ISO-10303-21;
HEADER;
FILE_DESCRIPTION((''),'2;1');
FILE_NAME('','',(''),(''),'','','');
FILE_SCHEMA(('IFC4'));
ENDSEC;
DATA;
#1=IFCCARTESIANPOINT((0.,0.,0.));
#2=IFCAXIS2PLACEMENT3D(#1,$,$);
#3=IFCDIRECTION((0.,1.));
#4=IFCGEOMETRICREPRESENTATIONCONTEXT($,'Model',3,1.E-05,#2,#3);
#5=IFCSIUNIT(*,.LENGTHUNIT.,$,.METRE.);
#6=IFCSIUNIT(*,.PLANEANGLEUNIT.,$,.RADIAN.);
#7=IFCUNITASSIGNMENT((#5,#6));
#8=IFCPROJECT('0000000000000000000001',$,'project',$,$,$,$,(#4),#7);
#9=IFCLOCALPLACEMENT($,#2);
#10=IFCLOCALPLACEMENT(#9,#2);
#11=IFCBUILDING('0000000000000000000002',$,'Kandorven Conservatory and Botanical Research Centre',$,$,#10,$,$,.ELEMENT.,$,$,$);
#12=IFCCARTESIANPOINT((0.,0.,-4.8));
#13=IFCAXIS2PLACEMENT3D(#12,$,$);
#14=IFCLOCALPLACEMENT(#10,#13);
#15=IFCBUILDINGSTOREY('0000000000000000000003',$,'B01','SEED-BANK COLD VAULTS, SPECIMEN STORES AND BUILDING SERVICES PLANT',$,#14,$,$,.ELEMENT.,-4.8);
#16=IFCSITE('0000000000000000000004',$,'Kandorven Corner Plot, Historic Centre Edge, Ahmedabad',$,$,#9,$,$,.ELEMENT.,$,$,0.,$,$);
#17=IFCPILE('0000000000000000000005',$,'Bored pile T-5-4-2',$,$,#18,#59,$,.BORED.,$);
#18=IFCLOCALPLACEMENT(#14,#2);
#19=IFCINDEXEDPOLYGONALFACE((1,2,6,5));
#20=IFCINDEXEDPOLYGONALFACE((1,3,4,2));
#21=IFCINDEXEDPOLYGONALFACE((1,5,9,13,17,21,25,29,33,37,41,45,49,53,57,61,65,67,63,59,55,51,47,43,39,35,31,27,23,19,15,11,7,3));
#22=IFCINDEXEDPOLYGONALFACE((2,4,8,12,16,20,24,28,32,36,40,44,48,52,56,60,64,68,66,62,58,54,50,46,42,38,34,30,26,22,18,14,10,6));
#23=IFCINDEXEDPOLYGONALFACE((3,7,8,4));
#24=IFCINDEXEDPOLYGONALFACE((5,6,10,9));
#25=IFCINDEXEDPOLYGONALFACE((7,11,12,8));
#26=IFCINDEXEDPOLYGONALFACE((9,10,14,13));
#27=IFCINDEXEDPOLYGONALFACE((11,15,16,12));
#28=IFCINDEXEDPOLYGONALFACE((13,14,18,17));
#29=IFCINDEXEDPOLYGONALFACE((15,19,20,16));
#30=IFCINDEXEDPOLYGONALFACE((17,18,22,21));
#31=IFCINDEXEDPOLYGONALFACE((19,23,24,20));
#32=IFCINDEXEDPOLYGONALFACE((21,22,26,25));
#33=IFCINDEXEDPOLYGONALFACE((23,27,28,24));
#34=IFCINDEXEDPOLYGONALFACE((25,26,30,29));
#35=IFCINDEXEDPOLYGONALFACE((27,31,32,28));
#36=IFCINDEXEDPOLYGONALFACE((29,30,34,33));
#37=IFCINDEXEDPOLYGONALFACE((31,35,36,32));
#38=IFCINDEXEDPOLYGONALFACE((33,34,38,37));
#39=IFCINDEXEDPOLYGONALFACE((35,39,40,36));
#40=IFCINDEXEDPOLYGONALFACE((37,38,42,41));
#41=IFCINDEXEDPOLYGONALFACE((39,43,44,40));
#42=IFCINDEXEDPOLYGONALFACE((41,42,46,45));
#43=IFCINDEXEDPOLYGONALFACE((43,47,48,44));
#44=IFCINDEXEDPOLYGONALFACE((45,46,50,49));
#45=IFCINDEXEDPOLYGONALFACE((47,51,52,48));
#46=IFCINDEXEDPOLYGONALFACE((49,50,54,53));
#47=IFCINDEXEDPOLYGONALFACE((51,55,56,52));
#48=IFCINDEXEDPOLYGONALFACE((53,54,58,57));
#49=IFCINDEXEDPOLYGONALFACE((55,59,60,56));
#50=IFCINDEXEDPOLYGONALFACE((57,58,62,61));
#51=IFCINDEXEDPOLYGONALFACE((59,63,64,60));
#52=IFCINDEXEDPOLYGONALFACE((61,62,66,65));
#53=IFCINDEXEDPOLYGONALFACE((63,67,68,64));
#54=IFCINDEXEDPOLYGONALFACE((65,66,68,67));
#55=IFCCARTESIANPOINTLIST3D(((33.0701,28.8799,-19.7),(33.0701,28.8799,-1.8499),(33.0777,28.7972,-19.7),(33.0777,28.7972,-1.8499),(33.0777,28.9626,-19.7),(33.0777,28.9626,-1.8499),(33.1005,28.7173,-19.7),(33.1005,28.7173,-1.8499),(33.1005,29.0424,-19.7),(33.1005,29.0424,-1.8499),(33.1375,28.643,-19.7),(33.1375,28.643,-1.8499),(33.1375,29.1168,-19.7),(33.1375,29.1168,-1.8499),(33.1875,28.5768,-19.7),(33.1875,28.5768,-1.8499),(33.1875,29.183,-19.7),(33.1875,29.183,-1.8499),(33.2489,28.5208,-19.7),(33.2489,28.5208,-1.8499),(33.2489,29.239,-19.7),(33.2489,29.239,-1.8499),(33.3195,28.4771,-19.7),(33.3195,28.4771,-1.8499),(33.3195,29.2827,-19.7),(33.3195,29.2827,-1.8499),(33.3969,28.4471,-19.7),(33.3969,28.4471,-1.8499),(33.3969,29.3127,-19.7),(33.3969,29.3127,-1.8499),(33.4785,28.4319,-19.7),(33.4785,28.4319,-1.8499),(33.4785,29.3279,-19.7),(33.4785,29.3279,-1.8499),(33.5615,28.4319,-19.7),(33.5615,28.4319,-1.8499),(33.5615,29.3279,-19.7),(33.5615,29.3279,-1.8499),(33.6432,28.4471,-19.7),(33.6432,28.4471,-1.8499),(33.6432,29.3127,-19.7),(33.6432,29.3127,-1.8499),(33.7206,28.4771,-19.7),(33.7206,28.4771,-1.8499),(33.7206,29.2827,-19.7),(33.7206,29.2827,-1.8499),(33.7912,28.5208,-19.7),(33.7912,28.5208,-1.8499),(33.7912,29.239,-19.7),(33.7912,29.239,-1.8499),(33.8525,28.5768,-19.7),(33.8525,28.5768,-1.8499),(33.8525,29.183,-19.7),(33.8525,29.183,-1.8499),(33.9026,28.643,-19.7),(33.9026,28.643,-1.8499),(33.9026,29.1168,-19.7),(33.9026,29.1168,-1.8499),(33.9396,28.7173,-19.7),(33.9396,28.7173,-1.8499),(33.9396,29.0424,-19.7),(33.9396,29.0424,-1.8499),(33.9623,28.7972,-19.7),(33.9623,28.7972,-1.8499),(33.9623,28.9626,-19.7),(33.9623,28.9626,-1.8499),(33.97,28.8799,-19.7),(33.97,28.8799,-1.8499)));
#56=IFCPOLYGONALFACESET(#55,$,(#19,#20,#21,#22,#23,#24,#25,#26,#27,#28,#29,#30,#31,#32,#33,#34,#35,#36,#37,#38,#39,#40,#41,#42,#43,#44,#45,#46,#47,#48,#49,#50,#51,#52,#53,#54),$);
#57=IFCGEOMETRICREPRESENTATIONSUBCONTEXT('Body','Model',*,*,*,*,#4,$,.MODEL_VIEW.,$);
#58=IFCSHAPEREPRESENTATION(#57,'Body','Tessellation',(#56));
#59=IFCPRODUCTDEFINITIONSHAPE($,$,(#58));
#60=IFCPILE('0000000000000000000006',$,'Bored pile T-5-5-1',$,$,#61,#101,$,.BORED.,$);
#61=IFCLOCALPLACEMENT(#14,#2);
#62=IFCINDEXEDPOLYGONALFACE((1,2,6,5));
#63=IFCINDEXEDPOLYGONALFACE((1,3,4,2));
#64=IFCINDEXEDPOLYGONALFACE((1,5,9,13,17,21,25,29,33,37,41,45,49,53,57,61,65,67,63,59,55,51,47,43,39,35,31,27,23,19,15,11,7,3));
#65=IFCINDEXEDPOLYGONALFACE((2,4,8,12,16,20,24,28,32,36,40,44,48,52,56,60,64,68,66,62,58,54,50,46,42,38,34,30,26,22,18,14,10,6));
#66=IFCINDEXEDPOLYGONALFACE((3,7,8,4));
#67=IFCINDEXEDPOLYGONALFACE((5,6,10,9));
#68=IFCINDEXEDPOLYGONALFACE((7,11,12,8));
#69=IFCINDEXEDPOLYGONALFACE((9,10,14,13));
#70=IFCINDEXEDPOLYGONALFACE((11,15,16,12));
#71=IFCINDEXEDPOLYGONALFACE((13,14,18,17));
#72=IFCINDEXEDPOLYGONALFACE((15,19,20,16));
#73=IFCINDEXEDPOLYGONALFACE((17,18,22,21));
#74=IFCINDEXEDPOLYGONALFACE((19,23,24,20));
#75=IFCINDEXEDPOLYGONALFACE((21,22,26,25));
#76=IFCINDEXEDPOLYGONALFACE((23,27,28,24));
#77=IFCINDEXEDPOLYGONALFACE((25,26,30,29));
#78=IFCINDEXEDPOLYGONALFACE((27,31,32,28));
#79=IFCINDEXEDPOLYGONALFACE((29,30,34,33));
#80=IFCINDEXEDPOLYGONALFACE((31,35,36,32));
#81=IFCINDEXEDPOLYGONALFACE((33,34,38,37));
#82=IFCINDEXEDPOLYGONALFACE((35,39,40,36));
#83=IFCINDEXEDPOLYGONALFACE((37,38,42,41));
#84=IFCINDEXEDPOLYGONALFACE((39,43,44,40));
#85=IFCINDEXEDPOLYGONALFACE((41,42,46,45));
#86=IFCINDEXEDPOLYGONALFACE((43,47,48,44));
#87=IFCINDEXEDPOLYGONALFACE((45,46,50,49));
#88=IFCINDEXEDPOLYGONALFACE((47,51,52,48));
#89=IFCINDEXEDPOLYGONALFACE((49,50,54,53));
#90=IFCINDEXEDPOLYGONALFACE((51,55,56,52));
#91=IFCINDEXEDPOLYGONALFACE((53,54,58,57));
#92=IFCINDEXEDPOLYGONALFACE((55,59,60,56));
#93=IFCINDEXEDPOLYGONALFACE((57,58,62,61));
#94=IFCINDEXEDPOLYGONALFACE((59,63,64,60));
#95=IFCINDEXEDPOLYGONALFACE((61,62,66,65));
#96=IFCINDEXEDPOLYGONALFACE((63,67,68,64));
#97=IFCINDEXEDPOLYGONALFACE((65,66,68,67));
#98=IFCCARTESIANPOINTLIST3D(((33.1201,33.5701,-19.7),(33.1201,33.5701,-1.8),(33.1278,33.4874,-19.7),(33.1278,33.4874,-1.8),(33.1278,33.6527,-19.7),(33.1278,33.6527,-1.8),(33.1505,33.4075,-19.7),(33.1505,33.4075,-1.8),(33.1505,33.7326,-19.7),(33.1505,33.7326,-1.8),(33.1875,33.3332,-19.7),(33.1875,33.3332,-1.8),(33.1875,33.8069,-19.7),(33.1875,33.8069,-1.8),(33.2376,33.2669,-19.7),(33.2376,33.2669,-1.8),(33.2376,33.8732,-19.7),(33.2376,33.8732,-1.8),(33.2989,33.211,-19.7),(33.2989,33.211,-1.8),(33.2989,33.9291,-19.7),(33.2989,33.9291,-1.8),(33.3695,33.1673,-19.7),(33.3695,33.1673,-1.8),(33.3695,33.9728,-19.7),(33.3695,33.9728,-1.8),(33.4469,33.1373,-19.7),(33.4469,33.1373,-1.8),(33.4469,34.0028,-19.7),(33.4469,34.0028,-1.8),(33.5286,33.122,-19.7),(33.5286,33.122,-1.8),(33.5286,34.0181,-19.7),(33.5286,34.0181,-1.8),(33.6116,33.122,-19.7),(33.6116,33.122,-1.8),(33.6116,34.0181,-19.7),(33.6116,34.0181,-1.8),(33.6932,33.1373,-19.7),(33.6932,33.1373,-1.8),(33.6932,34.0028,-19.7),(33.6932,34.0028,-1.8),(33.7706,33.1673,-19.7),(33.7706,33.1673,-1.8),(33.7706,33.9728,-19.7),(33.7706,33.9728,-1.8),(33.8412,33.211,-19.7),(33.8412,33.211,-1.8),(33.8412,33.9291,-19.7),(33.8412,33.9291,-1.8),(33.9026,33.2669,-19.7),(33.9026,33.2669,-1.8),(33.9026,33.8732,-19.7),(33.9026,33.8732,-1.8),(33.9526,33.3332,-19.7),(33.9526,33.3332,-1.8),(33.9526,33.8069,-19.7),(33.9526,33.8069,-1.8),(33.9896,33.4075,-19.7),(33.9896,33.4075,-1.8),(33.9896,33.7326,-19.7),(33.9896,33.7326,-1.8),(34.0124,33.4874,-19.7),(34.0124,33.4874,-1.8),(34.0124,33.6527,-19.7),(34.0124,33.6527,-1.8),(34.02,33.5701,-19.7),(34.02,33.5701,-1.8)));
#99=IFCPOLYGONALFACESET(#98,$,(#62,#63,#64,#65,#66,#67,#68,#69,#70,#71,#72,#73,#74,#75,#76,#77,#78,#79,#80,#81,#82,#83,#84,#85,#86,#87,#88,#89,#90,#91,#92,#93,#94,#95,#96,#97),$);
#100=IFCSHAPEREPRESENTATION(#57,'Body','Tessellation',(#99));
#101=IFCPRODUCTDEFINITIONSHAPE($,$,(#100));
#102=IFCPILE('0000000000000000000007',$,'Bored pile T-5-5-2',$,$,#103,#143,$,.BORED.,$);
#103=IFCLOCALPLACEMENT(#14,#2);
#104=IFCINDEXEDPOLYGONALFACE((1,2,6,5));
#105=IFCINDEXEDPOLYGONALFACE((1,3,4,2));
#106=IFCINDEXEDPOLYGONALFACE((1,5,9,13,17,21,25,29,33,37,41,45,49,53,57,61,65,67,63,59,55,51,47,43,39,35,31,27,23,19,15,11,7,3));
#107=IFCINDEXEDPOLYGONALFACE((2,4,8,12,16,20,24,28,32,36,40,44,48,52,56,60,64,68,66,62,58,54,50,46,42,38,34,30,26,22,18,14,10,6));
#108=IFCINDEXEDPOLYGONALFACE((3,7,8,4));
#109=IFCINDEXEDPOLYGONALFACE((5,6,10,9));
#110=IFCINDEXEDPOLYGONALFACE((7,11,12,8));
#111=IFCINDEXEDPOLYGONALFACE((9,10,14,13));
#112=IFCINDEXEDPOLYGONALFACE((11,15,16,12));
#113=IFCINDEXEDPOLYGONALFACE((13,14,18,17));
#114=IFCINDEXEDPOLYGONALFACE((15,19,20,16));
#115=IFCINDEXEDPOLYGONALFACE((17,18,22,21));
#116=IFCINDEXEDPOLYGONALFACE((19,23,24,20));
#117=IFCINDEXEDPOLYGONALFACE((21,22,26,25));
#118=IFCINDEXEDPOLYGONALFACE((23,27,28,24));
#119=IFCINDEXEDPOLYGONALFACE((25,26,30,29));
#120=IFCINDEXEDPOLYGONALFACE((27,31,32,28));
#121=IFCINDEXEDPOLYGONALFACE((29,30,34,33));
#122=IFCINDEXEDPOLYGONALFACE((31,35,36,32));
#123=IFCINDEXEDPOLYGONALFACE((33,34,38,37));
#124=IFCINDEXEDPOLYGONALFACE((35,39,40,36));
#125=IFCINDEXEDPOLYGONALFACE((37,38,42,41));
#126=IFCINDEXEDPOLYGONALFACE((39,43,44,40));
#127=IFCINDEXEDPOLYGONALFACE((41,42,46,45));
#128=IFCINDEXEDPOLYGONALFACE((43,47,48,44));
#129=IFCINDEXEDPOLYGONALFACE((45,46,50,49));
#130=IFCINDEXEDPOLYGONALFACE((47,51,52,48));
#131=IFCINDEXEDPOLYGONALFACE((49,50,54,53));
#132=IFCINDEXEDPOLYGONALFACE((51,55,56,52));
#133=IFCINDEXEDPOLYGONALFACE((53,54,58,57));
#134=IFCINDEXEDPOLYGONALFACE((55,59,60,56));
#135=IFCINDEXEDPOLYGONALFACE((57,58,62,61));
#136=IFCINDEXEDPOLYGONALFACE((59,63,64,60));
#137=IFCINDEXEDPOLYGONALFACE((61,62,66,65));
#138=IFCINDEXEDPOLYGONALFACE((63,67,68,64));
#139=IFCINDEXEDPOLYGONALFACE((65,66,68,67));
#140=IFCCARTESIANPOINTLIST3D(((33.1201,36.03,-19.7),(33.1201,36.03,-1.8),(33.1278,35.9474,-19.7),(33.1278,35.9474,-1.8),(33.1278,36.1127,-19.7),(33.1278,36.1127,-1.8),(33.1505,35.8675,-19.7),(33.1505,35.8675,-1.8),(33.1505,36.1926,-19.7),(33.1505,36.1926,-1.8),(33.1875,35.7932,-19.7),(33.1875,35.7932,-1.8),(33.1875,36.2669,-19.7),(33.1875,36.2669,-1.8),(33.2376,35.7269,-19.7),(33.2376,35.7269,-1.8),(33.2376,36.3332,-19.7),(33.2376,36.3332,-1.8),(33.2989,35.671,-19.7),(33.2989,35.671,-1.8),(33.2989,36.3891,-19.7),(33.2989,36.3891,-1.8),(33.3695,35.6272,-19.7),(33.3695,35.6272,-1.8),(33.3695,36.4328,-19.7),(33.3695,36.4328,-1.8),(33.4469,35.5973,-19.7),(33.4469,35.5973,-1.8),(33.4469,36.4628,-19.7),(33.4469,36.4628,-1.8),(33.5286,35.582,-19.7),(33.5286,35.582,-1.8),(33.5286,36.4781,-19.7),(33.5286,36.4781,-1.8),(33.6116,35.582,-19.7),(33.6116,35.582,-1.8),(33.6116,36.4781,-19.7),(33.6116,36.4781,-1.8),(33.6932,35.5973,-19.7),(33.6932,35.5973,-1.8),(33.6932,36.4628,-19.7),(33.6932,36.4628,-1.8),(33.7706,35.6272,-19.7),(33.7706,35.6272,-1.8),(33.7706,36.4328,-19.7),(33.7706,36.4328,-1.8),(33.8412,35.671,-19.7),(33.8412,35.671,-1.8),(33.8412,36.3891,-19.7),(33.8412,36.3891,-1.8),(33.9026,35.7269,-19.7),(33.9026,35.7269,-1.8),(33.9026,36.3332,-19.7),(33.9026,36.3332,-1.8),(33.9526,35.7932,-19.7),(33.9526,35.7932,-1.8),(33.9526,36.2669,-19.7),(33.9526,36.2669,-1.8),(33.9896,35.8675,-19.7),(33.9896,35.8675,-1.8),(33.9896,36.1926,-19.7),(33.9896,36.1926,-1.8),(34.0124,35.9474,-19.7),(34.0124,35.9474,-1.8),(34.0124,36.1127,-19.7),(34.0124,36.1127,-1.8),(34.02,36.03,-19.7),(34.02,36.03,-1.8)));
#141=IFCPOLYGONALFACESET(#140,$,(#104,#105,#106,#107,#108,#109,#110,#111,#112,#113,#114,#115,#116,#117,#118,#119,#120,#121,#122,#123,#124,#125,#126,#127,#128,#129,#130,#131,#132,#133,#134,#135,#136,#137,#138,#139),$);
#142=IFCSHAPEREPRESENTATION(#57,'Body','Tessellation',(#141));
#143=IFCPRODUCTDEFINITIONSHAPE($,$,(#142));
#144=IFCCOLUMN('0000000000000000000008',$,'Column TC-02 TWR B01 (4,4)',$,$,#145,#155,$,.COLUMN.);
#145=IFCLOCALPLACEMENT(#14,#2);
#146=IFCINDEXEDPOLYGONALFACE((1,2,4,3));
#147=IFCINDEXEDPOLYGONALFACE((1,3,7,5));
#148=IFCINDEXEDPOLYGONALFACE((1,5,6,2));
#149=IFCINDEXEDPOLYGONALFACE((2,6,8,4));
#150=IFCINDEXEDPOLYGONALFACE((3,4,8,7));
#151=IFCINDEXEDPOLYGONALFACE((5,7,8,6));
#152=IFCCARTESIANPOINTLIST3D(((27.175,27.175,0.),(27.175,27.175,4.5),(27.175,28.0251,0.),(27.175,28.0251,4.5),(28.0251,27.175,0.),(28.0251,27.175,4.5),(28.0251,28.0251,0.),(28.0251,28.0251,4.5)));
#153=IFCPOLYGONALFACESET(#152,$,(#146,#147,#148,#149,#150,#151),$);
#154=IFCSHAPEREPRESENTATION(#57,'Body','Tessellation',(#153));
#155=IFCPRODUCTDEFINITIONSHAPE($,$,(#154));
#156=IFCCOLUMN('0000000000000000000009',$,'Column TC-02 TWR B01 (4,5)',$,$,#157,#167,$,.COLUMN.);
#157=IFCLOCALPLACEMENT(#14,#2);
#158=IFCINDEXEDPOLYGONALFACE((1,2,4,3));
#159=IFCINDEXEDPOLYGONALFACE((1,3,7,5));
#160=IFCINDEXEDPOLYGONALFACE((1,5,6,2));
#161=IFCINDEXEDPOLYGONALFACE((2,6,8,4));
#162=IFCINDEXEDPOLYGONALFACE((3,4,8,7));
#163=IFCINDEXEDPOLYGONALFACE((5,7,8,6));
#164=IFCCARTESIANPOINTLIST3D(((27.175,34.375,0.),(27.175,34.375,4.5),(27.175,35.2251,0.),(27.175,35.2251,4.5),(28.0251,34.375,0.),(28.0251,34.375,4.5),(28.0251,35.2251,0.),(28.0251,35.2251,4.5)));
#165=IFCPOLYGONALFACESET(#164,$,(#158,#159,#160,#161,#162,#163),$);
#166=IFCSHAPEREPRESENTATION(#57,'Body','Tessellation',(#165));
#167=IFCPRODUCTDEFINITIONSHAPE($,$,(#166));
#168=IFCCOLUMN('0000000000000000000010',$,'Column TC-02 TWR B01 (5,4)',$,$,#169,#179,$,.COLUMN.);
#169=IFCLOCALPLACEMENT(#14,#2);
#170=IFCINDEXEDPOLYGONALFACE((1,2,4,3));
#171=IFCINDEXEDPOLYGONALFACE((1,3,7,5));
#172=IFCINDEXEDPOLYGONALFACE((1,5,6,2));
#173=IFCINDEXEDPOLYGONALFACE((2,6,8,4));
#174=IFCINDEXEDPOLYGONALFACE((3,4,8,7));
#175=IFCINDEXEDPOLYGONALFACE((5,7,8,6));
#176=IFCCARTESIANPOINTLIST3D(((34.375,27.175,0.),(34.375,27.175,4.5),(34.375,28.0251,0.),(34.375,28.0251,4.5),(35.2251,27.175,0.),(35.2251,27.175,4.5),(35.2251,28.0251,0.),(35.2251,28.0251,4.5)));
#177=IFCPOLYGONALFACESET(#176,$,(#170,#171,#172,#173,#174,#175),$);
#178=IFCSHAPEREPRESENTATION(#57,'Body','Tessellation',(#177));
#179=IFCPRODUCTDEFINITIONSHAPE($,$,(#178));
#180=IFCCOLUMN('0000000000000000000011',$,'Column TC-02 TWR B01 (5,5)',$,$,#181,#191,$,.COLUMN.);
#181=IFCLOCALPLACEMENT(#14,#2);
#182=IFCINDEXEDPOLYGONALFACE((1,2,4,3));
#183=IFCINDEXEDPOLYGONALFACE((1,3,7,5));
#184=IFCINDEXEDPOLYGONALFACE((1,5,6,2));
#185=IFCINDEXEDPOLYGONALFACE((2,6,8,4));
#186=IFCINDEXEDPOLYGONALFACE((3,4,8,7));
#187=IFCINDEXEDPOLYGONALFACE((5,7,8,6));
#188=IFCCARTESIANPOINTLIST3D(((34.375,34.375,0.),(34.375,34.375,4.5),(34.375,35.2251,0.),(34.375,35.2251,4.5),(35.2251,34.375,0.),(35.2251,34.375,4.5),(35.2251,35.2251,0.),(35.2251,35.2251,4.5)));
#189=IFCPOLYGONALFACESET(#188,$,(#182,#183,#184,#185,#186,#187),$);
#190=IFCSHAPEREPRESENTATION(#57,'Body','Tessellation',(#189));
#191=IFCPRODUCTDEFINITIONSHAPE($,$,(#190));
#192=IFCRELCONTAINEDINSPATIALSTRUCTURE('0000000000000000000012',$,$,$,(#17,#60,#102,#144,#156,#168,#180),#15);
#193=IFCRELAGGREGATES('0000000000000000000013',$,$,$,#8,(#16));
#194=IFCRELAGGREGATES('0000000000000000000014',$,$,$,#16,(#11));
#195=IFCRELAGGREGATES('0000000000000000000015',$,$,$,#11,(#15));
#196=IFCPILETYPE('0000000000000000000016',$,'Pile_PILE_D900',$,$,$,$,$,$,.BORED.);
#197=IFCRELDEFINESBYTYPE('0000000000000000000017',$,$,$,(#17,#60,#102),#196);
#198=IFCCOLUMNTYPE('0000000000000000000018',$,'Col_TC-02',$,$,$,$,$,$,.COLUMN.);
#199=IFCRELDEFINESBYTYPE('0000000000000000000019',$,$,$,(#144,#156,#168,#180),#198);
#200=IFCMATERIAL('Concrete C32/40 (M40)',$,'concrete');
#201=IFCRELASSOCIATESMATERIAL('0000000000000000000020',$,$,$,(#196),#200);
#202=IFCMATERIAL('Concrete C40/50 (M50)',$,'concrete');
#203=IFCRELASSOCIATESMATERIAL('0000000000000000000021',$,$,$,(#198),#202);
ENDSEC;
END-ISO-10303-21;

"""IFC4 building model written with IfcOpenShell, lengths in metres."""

from ifc_helpers import new_model, si_unit, direction, frame, origin, origin_2d, place, context, subcontext, project, spatial, rectangle, circle, extrude, material, material_profile, profile_set, type_object, element, save


model = new_model("IFC4")

# Units and contexts
model_context = context("Model", 3, precision=1e-05, world=origin(), true_north=direction((0.0, 1.0)))
body_context = subcontext(model_context, "Body", "Model", "MODEL_VIEW")
ifc_project = project(units=[si_unit("LENGTHUNIT", "METRE"), si_unit("PLANEANGLEUNIT", "RADIAN")], contexts=[model_context])

# Site, building, storey
site_placement = place(None, origin())
site = spatial("IfcSite", under=ifc_project, at=site_placement, Name="Kandorven Corner Plot, Historic Centre Edge, Ahmedabad", CompositionType="ELEMENT", RefElevation=0.0)
building_placement = place(site_placement, origin())
building = spatial("IfcBuilding", under=site, at=building_placement, Name="Kandorven Conservatory and Botanical Research Centre", CompositionType="ELEMENT")
storey_placement = place(building_placement, frame((0.0, 0.0, -4.8)))
storey = spatial("IfcBuildingStorey", under=building, at=storey_placement, Name="B01", Description="SEED-BANK COLD VAULTS, SPECIMEN STORES AND BUILDING SERVICES PLANT", CompositionType="ELEMENT", Elevation=-4.8)

# Piles
ifc_material_1 = material(Name="Concrete C32/40 (M40)", Category="concrete")
ifc_material_profile_1 = material_profile(ifc_material_1, circle(Radius=0.45, at=origin_2d()))
ifc_profile_set_1 = profile_set([ifc_material_profile_1], Name="Concrete C32/40 (M40)")
pile_type = type_object("IfcPileType", Name="Pile_PILE_D900", PredefinedType="BORED", material=ifc_profile_set_1)
for number, where, z_axis, x_axis, name in (
    (1, (33.52, 28.8799, -1.8499), (0.0, 0.0, -1.0), (1.0, 0.0, 0.0), "Bored pile T-5-4-2"),
):
    element("IfcPile", number, at=place(storey_placement, frame(where, z_axis=z_axis, x_axis=x_axis)), inside=storey, type_object=pile_type, Name=name, PredefinedType="BORED", context=body_context, shape_type="SweptSolid", body=[
        extrude(circle(Radius=0.45, at=origin_2d()), origin(), (0.0, 0.0, 1.0), 17.8501),
    ])
for number, where, z_axis, x_axis, name in (
    (2, (33.5701, 33.5701, -1.8), (0.0, 0.0, -1.0), (1.0, 0.0, 0.0), "Bored pile T-5-5-1"),
    (3, (33.5701, 36.03, -1.8), (0.0, 0.0, -1.0), (1.0, 0.0, 0.0), "Bored pile T-5-5-2"),
):
    element("IfcPile", number, at=place(storey_placement, frame(where, z_axis=z_axis, x_axis=x_axis)), inside=storey, type_object=pile_type, Name=name, PredefinedType="BORED", context=body_context, shape_type="SweptSolid", body=[
        extrude(circle(Radius=0.45, at=origin_2d()), origin(), (0.0, 0.0, 1.0), 17.8999),
    ])

# Columns
ifc_material_2 = material(Name="Concrete C40/50 (M50)", Category="concrete")
ifc_material_profile_2 = material_profile(ifc_material_2, rectangle(XDim=0.8501, YDim=0.8501, at=origin_2d()))
ifc_profile_set_2 = profile_set([ifc_material_profile_2], Name="Concrete C40/50 (M50)")
column_type = type_object("IfcColumnType", Name="Col_TC-02", PredefinedType="COLUMN", material=ifc_profile_set_2)
for number, where, z_axis, x_axis, name in (
    (4, (27.6001, 27.6001, 0.0), (0.0, 0.0, 1.0), (1.0, 0.0, 0.0), "Column TC-02 TWR B01 (4,4)"),
    (5, (27.6001, 34.8, 0.0), (0.0, 0.0, 1.0), (1.0, 0.0, 0.0), "Column TC-02 TWR B01 (4,5)"),
    (6, (34.8, 27.6001, 0.0), (0.0, 0.0, 1.0), (1.0, 0.0, 0.0), "Column TC-02 TWR B01 (5,4)"),
    (7, (34.8, 34.8, 0.0), (0.0, 0.0, 1.0), (1.0, 0.0, 0.0), "Column TC-02 TWR B01 (5,5)"),
):
    element("IfcColumn", number, at=place(storey_placement, frame(where, z_axis=z_axis, x_axis=x_axis)), inside=storey, type_object=column_type, Name=name, PredefinedType="COLUMN", context=body_context, shape_type="SweptSolid", body=[
        extrude(rectangle(XDim=0.8501, YDim=0.8501, at=origin_2d()), origin(), (0.0, 0.0, 1.0), 4.5),
    ])

save(model, "model.ifc")
